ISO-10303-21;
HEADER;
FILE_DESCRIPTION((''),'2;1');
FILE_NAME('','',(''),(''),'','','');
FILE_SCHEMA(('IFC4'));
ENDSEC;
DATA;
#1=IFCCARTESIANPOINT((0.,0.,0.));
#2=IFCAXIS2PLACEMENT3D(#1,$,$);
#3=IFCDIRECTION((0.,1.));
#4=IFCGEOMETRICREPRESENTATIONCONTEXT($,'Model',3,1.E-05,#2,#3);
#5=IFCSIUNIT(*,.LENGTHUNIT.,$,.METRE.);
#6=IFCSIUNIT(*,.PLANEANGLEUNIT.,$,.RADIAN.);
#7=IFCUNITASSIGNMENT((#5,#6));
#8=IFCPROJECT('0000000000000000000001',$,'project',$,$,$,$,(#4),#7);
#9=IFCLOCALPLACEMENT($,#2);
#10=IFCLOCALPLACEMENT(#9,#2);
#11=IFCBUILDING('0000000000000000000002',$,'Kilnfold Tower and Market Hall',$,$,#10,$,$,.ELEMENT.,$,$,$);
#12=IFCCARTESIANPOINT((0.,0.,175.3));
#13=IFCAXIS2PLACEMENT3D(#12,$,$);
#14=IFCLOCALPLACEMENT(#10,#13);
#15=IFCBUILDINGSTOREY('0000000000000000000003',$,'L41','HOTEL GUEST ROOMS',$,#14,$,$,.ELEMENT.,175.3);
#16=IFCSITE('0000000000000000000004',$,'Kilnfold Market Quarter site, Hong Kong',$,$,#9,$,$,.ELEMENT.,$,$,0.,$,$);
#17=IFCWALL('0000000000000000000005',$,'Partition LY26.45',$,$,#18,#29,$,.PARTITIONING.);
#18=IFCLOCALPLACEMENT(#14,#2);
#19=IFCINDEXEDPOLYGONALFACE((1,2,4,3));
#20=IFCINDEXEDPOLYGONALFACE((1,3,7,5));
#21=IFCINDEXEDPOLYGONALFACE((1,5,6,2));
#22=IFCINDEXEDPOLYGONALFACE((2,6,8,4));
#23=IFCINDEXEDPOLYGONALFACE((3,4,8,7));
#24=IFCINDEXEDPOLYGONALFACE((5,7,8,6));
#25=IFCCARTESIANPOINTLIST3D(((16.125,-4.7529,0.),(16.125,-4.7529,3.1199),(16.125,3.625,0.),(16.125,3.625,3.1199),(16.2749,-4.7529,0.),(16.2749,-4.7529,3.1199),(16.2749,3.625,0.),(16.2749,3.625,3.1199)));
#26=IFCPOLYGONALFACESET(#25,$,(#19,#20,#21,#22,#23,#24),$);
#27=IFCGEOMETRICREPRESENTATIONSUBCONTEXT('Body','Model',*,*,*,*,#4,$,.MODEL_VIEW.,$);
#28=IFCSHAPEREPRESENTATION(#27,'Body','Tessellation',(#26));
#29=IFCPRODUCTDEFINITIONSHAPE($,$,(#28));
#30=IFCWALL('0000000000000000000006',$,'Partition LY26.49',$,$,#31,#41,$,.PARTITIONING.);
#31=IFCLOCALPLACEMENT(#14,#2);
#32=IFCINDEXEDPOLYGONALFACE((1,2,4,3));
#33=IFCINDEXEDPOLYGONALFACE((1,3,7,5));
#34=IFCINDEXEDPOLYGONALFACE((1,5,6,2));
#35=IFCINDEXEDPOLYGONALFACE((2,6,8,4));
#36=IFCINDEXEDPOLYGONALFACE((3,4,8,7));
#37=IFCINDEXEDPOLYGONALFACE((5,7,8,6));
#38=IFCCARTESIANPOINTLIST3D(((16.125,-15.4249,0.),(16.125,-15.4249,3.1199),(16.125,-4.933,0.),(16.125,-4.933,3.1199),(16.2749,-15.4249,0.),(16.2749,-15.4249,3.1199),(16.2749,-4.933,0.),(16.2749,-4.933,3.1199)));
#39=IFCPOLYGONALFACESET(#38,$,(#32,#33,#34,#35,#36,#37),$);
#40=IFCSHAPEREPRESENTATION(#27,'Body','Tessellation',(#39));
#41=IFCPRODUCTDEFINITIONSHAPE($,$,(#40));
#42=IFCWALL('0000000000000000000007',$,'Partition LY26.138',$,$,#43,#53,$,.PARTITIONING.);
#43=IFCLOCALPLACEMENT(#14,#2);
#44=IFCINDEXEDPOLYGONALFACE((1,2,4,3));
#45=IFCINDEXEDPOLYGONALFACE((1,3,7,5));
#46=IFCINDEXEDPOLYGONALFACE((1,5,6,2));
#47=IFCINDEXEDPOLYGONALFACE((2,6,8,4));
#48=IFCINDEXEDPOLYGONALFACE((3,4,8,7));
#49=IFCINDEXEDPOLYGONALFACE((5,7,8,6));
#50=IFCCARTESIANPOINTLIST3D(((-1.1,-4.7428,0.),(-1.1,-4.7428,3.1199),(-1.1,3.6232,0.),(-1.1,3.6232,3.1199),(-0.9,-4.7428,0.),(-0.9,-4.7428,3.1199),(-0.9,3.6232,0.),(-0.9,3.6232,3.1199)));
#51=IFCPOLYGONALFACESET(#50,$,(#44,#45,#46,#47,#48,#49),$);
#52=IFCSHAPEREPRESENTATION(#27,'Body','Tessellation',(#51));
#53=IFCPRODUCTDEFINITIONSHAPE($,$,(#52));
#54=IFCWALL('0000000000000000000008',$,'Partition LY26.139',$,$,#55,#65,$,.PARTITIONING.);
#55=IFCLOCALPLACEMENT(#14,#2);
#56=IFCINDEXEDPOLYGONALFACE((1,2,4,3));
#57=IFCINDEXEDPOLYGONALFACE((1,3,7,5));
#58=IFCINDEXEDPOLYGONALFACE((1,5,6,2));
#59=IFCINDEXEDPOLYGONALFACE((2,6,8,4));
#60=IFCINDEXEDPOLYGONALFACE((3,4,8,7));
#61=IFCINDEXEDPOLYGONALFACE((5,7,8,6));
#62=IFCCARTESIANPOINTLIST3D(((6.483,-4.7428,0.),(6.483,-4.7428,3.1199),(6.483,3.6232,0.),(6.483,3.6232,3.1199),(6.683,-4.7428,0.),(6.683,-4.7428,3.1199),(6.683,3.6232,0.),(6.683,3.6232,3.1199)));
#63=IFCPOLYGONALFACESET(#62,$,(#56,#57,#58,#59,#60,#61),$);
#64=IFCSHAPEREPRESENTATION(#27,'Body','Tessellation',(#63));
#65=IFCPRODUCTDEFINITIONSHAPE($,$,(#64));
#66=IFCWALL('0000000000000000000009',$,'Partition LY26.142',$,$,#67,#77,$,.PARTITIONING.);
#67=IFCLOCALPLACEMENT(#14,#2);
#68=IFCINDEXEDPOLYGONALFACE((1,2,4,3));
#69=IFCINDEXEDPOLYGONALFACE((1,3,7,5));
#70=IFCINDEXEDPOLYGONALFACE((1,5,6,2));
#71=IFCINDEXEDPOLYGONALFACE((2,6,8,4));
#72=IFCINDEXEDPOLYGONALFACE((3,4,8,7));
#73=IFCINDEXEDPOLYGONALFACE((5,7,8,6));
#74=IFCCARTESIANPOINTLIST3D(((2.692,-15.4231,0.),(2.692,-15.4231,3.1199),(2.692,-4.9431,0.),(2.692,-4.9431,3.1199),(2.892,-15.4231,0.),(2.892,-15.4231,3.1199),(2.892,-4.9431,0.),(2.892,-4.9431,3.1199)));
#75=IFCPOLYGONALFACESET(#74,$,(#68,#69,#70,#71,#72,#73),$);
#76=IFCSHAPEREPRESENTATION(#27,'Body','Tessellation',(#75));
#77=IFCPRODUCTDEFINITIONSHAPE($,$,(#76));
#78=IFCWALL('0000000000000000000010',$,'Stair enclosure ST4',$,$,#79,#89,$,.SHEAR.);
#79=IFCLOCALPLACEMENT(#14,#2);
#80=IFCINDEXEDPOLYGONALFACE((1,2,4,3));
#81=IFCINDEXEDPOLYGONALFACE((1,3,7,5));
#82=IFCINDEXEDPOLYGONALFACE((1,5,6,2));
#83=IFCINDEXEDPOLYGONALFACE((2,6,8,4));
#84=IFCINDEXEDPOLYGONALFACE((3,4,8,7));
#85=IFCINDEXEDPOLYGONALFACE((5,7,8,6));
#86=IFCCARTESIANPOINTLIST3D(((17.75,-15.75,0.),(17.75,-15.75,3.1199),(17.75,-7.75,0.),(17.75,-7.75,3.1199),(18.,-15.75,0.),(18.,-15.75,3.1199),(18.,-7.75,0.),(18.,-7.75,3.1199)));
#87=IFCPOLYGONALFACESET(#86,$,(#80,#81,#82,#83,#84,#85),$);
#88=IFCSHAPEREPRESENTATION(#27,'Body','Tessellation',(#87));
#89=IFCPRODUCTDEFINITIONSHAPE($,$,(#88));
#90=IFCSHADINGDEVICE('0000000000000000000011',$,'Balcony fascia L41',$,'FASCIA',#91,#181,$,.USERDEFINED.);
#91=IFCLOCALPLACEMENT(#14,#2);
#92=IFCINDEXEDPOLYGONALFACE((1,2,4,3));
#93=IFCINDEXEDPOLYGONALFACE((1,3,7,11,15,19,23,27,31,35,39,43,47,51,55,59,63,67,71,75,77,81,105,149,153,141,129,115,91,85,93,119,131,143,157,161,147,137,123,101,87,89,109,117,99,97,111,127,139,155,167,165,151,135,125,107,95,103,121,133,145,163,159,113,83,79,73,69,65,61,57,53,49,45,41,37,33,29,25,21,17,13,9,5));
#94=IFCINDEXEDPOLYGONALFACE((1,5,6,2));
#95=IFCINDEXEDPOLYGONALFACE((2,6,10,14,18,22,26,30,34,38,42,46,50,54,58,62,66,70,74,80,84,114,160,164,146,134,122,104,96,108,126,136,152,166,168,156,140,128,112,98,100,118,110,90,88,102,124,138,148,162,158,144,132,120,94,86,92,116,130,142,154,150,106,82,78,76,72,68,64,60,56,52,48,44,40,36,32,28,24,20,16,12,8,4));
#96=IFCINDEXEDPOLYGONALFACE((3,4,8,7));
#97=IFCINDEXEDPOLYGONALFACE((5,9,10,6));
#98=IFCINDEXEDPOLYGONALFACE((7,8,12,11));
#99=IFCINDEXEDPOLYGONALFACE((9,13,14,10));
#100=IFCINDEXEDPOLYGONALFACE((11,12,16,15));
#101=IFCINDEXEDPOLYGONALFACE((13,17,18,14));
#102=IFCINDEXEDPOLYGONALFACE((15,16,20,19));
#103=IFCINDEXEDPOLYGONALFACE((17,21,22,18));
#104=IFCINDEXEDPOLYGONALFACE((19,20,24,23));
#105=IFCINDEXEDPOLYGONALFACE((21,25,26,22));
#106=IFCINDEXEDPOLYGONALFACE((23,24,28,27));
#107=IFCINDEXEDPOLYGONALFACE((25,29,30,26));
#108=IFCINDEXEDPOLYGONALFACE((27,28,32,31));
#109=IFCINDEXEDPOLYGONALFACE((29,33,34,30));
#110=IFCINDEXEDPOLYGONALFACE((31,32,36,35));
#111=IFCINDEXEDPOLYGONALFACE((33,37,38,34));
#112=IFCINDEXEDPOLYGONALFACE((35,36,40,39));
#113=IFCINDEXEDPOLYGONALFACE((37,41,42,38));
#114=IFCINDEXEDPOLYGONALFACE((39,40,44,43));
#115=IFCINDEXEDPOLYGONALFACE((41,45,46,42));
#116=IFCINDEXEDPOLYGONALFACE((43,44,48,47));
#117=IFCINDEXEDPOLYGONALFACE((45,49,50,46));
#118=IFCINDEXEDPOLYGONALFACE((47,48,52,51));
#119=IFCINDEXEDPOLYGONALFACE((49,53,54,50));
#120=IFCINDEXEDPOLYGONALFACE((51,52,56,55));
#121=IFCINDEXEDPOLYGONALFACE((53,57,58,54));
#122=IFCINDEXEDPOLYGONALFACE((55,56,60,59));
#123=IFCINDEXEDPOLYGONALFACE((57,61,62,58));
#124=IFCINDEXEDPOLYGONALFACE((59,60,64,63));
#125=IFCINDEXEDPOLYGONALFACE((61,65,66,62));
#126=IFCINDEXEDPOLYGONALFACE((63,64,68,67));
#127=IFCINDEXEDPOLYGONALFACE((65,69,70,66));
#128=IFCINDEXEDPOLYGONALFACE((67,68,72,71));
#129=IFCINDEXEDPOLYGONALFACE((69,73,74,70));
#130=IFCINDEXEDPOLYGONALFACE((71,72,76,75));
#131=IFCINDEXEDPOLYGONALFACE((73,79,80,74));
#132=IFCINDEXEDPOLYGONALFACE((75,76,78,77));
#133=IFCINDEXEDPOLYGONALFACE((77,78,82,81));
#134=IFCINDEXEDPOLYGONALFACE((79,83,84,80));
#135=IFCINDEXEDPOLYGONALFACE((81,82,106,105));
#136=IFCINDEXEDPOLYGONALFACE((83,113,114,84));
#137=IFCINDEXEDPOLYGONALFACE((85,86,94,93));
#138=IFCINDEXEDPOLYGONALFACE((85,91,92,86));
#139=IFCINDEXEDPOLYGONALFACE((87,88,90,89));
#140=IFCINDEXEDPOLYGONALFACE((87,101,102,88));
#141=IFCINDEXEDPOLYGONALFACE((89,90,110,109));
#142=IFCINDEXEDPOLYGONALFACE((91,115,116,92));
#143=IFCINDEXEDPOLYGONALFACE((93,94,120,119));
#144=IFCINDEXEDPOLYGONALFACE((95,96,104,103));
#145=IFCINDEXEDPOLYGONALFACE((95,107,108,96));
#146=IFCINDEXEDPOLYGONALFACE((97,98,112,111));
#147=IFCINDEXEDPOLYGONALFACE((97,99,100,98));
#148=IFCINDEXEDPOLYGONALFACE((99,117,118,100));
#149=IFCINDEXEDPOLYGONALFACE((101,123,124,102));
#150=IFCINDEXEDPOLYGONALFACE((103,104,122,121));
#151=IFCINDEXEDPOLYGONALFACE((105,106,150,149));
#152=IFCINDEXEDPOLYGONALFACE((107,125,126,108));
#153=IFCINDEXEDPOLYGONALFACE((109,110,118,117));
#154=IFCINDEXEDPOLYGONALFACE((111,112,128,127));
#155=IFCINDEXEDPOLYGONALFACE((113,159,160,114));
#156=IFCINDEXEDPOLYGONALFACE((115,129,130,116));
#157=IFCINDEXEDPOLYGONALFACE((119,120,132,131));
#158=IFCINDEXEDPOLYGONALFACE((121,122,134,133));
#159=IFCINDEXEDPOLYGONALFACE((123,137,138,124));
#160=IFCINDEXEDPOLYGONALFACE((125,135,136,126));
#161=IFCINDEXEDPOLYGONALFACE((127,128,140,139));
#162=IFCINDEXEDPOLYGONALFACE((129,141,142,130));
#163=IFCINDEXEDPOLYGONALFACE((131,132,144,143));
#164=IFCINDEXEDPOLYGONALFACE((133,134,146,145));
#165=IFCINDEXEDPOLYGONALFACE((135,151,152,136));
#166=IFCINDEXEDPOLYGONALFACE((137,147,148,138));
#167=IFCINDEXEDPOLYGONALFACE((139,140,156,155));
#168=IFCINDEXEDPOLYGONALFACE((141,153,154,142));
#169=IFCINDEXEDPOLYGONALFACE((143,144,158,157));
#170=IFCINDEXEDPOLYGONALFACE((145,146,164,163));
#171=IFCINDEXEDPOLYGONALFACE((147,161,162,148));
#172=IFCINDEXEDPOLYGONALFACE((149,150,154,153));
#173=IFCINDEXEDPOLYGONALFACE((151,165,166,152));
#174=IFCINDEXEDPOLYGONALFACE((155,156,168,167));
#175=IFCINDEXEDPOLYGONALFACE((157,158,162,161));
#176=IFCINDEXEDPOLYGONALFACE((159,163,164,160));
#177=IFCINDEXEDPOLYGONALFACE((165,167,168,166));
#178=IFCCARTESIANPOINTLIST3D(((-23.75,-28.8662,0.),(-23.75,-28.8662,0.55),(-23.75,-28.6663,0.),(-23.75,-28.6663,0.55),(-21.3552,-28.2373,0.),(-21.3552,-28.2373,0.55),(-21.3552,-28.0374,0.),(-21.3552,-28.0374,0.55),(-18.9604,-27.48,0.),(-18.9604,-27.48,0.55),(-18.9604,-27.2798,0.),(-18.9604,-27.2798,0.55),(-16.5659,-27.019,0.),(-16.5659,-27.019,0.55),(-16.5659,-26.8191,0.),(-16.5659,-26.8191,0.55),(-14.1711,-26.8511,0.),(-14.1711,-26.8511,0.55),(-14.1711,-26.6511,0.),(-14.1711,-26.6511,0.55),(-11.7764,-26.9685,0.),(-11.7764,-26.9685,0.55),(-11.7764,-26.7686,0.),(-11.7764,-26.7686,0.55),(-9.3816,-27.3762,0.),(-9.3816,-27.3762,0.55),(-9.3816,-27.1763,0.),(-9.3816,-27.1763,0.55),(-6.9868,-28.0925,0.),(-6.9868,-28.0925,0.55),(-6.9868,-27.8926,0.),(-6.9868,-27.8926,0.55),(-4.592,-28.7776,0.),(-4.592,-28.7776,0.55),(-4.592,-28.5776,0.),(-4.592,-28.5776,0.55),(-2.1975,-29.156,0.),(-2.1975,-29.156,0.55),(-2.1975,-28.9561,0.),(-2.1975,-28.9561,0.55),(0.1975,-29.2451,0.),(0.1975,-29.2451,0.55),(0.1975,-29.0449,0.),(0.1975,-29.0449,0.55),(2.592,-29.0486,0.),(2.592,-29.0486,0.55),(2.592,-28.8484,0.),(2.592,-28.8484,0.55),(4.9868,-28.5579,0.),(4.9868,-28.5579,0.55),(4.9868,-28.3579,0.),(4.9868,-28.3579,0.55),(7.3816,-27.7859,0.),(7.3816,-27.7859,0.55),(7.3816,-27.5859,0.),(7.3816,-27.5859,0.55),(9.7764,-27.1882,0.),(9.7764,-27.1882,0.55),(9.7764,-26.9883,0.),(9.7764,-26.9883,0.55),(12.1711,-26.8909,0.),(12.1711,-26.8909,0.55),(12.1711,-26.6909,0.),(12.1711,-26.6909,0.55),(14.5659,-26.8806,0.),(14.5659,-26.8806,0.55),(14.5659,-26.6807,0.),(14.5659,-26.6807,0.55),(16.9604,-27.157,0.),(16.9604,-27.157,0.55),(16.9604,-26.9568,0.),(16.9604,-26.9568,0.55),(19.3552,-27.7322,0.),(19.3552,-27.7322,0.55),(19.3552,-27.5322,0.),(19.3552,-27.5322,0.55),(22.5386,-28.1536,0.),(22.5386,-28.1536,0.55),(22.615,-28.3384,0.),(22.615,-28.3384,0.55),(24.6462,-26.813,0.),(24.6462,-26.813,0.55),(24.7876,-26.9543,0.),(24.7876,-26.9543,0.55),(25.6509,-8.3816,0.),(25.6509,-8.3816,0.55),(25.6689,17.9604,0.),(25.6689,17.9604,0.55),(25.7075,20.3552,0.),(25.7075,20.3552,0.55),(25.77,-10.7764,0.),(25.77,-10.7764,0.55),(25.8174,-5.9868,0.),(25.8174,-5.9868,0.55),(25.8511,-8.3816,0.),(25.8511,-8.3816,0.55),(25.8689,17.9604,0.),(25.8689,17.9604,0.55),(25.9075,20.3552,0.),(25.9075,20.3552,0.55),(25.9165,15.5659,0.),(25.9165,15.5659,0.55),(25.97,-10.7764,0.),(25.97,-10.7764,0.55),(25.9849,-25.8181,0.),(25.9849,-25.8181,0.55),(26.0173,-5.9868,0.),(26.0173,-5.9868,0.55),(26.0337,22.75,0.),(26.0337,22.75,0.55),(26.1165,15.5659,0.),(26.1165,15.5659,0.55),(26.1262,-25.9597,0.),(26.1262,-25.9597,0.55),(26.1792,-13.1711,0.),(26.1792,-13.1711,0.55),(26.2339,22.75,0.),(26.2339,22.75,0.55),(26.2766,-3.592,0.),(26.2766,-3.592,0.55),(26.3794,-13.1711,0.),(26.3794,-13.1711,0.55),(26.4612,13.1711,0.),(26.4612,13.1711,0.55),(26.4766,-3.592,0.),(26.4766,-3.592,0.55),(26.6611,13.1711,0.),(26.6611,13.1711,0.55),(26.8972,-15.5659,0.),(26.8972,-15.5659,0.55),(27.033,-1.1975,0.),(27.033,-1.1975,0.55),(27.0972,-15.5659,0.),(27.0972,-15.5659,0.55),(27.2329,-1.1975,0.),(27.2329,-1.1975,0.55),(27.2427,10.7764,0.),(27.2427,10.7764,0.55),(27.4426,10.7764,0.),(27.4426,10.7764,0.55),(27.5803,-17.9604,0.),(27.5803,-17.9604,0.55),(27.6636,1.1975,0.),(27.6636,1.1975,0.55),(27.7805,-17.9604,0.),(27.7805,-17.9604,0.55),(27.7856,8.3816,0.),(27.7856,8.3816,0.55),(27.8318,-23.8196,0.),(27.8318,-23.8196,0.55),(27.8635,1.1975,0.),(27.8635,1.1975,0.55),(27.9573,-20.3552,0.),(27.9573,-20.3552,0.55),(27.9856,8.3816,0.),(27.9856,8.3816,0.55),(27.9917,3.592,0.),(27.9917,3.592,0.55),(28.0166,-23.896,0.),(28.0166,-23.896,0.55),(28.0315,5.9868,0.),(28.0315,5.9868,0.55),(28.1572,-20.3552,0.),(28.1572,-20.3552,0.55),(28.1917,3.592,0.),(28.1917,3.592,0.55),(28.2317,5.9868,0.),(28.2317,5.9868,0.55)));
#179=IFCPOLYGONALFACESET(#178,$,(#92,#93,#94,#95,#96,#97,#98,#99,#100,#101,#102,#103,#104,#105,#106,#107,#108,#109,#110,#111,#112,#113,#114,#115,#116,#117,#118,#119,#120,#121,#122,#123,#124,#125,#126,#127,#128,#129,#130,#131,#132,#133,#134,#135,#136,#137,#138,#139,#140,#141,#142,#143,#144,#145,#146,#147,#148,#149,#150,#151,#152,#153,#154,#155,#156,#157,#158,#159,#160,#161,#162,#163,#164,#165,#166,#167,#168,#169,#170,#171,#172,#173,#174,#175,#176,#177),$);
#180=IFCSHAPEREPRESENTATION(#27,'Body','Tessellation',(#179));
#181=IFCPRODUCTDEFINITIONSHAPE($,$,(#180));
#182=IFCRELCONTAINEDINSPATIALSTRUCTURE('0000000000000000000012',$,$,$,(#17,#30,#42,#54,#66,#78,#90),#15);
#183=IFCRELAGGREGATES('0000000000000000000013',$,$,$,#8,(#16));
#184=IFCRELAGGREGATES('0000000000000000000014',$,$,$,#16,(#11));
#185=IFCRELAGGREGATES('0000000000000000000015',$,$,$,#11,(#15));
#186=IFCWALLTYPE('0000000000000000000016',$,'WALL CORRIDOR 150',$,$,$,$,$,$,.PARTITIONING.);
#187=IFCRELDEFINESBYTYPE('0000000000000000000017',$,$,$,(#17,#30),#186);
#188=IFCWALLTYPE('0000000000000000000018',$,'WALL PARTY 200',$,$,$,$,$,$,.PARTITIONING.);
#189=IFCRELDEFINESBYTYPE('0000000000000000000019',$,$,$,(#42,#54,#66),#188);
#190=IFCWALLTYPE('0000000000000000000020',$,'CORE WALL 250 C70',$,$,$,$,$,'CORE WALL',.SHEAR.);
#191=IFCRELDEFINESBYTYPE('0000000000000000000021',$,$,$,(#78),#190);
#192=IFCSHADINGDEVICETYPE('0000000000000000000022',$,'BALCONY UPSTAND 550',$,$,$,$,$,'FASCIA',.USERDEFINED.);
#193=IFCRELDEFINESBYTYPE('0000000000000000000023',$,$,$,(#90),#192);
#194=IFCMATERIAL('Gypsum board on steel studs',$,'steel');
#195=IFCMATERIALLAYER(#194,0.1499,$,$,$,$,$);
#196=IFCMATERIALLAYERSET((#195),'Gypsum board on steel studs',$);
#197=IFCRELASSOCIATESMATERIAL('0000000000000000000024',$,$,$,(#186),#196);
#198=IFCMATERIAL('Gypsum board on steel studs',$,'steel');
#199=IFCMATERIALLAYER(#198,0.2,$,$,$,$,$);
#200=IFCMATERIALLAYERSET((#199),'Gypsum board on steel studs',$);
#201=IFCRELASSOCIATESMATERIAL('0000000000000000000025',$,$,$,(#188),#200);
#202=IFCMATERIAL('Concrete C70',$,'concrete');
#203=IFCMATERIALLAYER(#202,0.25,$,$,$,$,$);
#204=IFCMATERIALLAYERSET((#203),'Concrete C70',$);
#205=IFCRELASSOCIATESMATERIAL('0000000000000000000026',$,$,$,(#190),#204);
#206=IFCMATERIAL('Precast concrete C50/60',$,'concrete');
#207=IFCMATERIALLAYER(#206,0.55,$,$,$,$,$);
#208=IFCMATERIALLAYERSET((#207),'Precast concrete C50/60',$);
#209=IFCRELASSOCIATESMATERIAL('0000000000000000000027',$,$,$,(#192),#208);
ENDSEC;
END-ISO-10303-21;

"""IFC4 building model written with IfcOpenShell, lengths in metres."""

from ifc_helpers import new_model, si_unit, direction, frame, frame_2d, origin, place, context, subcontext, project, spatial, polyline, rectangle, outline, extrude, source, transform, mapped, material, layer, layer_set, type_object, element, save


model = new_model("IFC4")

# Units and contexts
model_context = context("Model", 3, precision=1e-05, world=origin(), true_north=direction((0.0, 1.0)))
body_context = subcontext(model_context, "Body", "Model", "MODEL_VIEW")
ifc_project = project(units=[si_unit("LENGTHUNIT", "METRE"), si_unit("PLANEANGLEUNIT", "RADIAN")], contexts=[model_context])

# Site, building, storey
site_placement = place(None, origin())
site = spatial("IfcSite", under=ifc_project, at=site_placement, Name="Kilnfold Market Quarter site, Hong Kong", CompositionType="ELEMENT", RefElevation=0.0)
building_placement = place(site_placement, origin())
building = spatial("IfcBuilding", under=site, at=building_placement, Name="Kilnfold Tower and Market Hall", CompositionType="ELEMENT")
storey_placement = place(building_placement, frame((0.0, 0.0, 175.3)))
storey = spatial("IfcBuildingStorey", under=building, at=storey_placement, Name="L41", Description="HOTEL GUEST ROOMS", CompositionType="ELEMENT", Elevation=175.3)

# Shared definitions
ifc_material_1 = material(Name="Gypsum board on steel studs", Category="steel")
ifc_layer_1 = layer(ifc_material_1, 0.1499)
ifc_layer_set_1 = layer_set([ifc_layer_1], Name="Gypsum board on steel studs")
wall_type_1 = type_object("IfcWallType", Name="WALL CORRIDOR 150", PredefinedType="PARTITIONING", material=ifc_layer_set_1)

# Walls
wall_1_placement = place(storey_placement, frame((16.2, -4.7529, 0.0), z_axis=(0.0, 0.0, 1.0), x_axis=(0.0, 1.0, 0.0)))
element("IfcWall", 1, at=wall_1_placement, inside=storey, type_object=wall_type_1, Name="Partition LY26.45", PredefinedType="PARTITIONING", context=body_context, shape_type="SweptSolid", body=[
    extrude(rectangle(XDim=8.3779, YDim=0.1499, at=frame_2d((4.189, 0.0))), origin(), (0.0, 0.0, 1.0), 3.1199),
])
wall_2_placement = place(storey_placement, frame((16.2, -15.425, 0.0), z_axis=(0.0, 0.0, 1.0), x_axis=(0.0, 1.0, 0.0)))
element("IfcWall", 2, at=wall_2_placement, inside=storey, type_object=wall_type_1, Name="Partition LY26.49", PredefinedType="PARTITIONING", context=body_context, shape_type="SweptSolid", body=[
    extrude(rectangle(XDim=10.4919, YDim=0.1499, at=frame_2d((5.2461, 0.0))), origin(), (0.0, 0.0, 1.0), 3.1199),
])
ifc_material_2 = material(Name="Gypsum board on steel studs", Category="steel")
ifc_layer_2 = layer(ifc_material_2, 0.2)
ifc_layer_set_2 = layer_set([ifc_layer_2], Name="Gypsum board on steel studs")
wall_type_2 = type_object("IfcWallType", Name="WALL PARTY 200", PredefinedType="PARTITIONING", material=ifc_layer_set_2)
for number, where, z_axis, x_axis, name in (
    (3, (-1.0, -4.7429, 0.0), (0.0, 0.0, 1.0), (0.0, 1.0, 0.0), "Partition LY26.138"),
    (4, (6.583, -4.7429, 0.0), (0.0, 0.0, 1.0), (0.0, 1.0, 0.0), "Partition LY26.139"),
):
    element("IfcWall", number, at=place(storey_placement, frame(where, z_axis=z_axis, x_axis=x_axis)), inside=storey, type_object=wall_type_2, Name=name, PredefinedType="PARTITIONING", context=body_context, shape_type="SweptSolid", body=[
        extrude(rectangle(XDim=8.366, YDim=0.2, at=frame_2d((4.1831, 0.0))), origin(), (0.0, 0.0, 1.0), 3.1199),
    ])
wall_3_placement = place(storey_placement, frame((2.792, -15.4231, 0.0), z_axis=(0.0, 0.0, 1.0), x_axis=(0.0, 1.0, 0.0)))
element("IfcWall", 5, at=wall_3_placement, inside=storey, type_object=wall_type_2, Name="Partition LY26.142", PredefinedType="PARTITIONING", context=body_context, shape_type="SweptSolid", body=[
    extrude(rectangle(XDim=10.48, YDim=0.2, at=frame_2d((5.24, 0.0))), origin(), (0.0, 0.0, 1.0), 3.1199),
])
ifc_material_3 = material(Name="Concrete C70", Category="concrete")
ifc_layer_3 = layer(ifc_material_3, 0.25)
ifc_layer_set_3 = layer_set([ifc_layer_3], Name="Concrete C70")
wall_type_3 = type_object("IfcWallType", Name="CORE WALL 250 C70", ElementType="CORE WALL", PredefinedType="SHEAR", material=ifc_layer_set_3)
shared_shape_1 = source(origin(), body_context, "Body", "SweptSolid", [
    extrude(rectangle(XDim=8.0, YDim=0.25, at=frame_2d((4.0, 0.0))), origin(), (0.0, 0.0, 1.0), 3.1199),
])
wall_4_placement = place(storey_placement, frame((17.875, -15.75, 0.0), z_axis=(0.0, 0.0, 1.0), x_axis=(0.0, 1.0, 0.0)))
element("IfcWall", 6, at=wall_4_placement, inside=storey, type_object=wall_type_3, Name="Stair enclosure ST4", PredefinedType="SHEAR", context=body_context, shape_type="MappedRepresentation", body=[
    mapped(shared_shape_1, transform((0.0, 0.0, 0.0))),
])

# Shading device
ifc_material_4 = material(Name="Precast concrete C50/60", Category="concrete")
ifc_layer_4 = layer(ifc_material_4, 0.55)
ifc_layer_set_4 = layer_set([ifc_layer_4], Name="Precast concrete C50/60")
shading_device_type_1 = type_object("IfcShadingDeviceType", Name="BALCONY UPSTAND 550", ElementType="FASCIA", PredefinedType="USERDEFINED", material=ifc_layer_set_4)
shared_shape_2 = source(origin(), body_context, "Body", "SweptSolid", [
    extrude(outline(polyline([(-23.75, -28.8662), (-21.3552, -28.2373), (-18.9604, -27.48), (-16.5659, -27.019), (-14.1711, -26.8511), (-11.7764, -26.9685), (-9.3816, -27.3762), (-6.9868, -28.0925), (-4.592, -28.7776), (-2.1975, -29.156), (0.1975, -29.2451), (2.592, -29.0486), (4.9868, -28.5579), (7.3816, -27.7859), (9.7764, -27.1882), (12.1711, -26.8909), (14.5659, -26.8806), (16.9604, -27.157), (19.3552, -27.7322), (22.615, -28.3384), (24.7876, -26.9543), (26.1262, -25.9597), (28.0166, -23.896), (28.1572, -20.3552), (27.7805, -17.9604), (27.0972, -15.5659), (26.3794, -13.1711), (25.97, -10.7764), (25.8511, -8.3816), (26.0173, -5.9868), (26.4766, -3.592), (27.2329, -1.1975), (27.8635, 1.1975), (28.1917, 3.592), (28.2317, 5.9868), (27.9856, 8.3816), (27.4426, 10.7764), (26.6611, 13.1711), (26.1165, 15.5659), (25.8689, 17.9604), (25.9075, 20.3552), (26.2339, 22.75), (26.0337, 22.75), (25.7075, 20.3552), (25.6689, 17.9604), (25.9165, 15.5659), (26.4612, 13.1711), (27.2427, 10.7764), (27.7856, 8.3816), (28.0315, 5.9868), (27.9917, 3.592), (27.6636, 1.1975), (27.033, -1.1975), (26.2766, -3.592), (25.8174, -5.9868), (25.6509, -8.3816), (25.77, -10.7764), (26.1792, -13.1711), (26.8972, -15.5659), (27.5803, -17.9604), (27.9573, -20.3552), (27.8318, -23.8196), (25.9849, -25.8181), (24.6462, -26.813), (22.5386, -28.1536), (19.3552, -27.5322), (16.9604, -26.9568), (14.5659, -26.6807), (12.1711, -26.6909), (9.7764, -26.9883), (7.3816, -27.5859), (4.9868, -28.3579), (2.592, -28.8484), (0.1975, -29.0449), (-2.1975, -28.9561), (-4.592, -28.5776), (-6.9868, -27.8926), (-9.3816, -27.1763), (-11.7764, -26.7686), (-14.1711, -26.6511), (-16.5659, -26.8191), (-18.9604, -27.2798), (-21.3552, -28.0374), (-23.75, -28.6663), (-23.75, -28.8662)])), origin(), (0.0, 0.0, 1.0), 0.55),
])
shading_device_1_placement = place(storey_placement, origin())
element("IfcShadingDevice", 7, at=shading_device_1_placement, inside=storey, type_object=shading_device_type_1, Name="Balcony fascia L41", ObjectType="FASCIA", PredefinedType="USERDEFINED", context=body_context, shape_type="MappedRepresentation", body=[
    mapped(shared_shape_2, transform((0.0, 0.0, 0.0))),
])

save(model, "model.ifc")
